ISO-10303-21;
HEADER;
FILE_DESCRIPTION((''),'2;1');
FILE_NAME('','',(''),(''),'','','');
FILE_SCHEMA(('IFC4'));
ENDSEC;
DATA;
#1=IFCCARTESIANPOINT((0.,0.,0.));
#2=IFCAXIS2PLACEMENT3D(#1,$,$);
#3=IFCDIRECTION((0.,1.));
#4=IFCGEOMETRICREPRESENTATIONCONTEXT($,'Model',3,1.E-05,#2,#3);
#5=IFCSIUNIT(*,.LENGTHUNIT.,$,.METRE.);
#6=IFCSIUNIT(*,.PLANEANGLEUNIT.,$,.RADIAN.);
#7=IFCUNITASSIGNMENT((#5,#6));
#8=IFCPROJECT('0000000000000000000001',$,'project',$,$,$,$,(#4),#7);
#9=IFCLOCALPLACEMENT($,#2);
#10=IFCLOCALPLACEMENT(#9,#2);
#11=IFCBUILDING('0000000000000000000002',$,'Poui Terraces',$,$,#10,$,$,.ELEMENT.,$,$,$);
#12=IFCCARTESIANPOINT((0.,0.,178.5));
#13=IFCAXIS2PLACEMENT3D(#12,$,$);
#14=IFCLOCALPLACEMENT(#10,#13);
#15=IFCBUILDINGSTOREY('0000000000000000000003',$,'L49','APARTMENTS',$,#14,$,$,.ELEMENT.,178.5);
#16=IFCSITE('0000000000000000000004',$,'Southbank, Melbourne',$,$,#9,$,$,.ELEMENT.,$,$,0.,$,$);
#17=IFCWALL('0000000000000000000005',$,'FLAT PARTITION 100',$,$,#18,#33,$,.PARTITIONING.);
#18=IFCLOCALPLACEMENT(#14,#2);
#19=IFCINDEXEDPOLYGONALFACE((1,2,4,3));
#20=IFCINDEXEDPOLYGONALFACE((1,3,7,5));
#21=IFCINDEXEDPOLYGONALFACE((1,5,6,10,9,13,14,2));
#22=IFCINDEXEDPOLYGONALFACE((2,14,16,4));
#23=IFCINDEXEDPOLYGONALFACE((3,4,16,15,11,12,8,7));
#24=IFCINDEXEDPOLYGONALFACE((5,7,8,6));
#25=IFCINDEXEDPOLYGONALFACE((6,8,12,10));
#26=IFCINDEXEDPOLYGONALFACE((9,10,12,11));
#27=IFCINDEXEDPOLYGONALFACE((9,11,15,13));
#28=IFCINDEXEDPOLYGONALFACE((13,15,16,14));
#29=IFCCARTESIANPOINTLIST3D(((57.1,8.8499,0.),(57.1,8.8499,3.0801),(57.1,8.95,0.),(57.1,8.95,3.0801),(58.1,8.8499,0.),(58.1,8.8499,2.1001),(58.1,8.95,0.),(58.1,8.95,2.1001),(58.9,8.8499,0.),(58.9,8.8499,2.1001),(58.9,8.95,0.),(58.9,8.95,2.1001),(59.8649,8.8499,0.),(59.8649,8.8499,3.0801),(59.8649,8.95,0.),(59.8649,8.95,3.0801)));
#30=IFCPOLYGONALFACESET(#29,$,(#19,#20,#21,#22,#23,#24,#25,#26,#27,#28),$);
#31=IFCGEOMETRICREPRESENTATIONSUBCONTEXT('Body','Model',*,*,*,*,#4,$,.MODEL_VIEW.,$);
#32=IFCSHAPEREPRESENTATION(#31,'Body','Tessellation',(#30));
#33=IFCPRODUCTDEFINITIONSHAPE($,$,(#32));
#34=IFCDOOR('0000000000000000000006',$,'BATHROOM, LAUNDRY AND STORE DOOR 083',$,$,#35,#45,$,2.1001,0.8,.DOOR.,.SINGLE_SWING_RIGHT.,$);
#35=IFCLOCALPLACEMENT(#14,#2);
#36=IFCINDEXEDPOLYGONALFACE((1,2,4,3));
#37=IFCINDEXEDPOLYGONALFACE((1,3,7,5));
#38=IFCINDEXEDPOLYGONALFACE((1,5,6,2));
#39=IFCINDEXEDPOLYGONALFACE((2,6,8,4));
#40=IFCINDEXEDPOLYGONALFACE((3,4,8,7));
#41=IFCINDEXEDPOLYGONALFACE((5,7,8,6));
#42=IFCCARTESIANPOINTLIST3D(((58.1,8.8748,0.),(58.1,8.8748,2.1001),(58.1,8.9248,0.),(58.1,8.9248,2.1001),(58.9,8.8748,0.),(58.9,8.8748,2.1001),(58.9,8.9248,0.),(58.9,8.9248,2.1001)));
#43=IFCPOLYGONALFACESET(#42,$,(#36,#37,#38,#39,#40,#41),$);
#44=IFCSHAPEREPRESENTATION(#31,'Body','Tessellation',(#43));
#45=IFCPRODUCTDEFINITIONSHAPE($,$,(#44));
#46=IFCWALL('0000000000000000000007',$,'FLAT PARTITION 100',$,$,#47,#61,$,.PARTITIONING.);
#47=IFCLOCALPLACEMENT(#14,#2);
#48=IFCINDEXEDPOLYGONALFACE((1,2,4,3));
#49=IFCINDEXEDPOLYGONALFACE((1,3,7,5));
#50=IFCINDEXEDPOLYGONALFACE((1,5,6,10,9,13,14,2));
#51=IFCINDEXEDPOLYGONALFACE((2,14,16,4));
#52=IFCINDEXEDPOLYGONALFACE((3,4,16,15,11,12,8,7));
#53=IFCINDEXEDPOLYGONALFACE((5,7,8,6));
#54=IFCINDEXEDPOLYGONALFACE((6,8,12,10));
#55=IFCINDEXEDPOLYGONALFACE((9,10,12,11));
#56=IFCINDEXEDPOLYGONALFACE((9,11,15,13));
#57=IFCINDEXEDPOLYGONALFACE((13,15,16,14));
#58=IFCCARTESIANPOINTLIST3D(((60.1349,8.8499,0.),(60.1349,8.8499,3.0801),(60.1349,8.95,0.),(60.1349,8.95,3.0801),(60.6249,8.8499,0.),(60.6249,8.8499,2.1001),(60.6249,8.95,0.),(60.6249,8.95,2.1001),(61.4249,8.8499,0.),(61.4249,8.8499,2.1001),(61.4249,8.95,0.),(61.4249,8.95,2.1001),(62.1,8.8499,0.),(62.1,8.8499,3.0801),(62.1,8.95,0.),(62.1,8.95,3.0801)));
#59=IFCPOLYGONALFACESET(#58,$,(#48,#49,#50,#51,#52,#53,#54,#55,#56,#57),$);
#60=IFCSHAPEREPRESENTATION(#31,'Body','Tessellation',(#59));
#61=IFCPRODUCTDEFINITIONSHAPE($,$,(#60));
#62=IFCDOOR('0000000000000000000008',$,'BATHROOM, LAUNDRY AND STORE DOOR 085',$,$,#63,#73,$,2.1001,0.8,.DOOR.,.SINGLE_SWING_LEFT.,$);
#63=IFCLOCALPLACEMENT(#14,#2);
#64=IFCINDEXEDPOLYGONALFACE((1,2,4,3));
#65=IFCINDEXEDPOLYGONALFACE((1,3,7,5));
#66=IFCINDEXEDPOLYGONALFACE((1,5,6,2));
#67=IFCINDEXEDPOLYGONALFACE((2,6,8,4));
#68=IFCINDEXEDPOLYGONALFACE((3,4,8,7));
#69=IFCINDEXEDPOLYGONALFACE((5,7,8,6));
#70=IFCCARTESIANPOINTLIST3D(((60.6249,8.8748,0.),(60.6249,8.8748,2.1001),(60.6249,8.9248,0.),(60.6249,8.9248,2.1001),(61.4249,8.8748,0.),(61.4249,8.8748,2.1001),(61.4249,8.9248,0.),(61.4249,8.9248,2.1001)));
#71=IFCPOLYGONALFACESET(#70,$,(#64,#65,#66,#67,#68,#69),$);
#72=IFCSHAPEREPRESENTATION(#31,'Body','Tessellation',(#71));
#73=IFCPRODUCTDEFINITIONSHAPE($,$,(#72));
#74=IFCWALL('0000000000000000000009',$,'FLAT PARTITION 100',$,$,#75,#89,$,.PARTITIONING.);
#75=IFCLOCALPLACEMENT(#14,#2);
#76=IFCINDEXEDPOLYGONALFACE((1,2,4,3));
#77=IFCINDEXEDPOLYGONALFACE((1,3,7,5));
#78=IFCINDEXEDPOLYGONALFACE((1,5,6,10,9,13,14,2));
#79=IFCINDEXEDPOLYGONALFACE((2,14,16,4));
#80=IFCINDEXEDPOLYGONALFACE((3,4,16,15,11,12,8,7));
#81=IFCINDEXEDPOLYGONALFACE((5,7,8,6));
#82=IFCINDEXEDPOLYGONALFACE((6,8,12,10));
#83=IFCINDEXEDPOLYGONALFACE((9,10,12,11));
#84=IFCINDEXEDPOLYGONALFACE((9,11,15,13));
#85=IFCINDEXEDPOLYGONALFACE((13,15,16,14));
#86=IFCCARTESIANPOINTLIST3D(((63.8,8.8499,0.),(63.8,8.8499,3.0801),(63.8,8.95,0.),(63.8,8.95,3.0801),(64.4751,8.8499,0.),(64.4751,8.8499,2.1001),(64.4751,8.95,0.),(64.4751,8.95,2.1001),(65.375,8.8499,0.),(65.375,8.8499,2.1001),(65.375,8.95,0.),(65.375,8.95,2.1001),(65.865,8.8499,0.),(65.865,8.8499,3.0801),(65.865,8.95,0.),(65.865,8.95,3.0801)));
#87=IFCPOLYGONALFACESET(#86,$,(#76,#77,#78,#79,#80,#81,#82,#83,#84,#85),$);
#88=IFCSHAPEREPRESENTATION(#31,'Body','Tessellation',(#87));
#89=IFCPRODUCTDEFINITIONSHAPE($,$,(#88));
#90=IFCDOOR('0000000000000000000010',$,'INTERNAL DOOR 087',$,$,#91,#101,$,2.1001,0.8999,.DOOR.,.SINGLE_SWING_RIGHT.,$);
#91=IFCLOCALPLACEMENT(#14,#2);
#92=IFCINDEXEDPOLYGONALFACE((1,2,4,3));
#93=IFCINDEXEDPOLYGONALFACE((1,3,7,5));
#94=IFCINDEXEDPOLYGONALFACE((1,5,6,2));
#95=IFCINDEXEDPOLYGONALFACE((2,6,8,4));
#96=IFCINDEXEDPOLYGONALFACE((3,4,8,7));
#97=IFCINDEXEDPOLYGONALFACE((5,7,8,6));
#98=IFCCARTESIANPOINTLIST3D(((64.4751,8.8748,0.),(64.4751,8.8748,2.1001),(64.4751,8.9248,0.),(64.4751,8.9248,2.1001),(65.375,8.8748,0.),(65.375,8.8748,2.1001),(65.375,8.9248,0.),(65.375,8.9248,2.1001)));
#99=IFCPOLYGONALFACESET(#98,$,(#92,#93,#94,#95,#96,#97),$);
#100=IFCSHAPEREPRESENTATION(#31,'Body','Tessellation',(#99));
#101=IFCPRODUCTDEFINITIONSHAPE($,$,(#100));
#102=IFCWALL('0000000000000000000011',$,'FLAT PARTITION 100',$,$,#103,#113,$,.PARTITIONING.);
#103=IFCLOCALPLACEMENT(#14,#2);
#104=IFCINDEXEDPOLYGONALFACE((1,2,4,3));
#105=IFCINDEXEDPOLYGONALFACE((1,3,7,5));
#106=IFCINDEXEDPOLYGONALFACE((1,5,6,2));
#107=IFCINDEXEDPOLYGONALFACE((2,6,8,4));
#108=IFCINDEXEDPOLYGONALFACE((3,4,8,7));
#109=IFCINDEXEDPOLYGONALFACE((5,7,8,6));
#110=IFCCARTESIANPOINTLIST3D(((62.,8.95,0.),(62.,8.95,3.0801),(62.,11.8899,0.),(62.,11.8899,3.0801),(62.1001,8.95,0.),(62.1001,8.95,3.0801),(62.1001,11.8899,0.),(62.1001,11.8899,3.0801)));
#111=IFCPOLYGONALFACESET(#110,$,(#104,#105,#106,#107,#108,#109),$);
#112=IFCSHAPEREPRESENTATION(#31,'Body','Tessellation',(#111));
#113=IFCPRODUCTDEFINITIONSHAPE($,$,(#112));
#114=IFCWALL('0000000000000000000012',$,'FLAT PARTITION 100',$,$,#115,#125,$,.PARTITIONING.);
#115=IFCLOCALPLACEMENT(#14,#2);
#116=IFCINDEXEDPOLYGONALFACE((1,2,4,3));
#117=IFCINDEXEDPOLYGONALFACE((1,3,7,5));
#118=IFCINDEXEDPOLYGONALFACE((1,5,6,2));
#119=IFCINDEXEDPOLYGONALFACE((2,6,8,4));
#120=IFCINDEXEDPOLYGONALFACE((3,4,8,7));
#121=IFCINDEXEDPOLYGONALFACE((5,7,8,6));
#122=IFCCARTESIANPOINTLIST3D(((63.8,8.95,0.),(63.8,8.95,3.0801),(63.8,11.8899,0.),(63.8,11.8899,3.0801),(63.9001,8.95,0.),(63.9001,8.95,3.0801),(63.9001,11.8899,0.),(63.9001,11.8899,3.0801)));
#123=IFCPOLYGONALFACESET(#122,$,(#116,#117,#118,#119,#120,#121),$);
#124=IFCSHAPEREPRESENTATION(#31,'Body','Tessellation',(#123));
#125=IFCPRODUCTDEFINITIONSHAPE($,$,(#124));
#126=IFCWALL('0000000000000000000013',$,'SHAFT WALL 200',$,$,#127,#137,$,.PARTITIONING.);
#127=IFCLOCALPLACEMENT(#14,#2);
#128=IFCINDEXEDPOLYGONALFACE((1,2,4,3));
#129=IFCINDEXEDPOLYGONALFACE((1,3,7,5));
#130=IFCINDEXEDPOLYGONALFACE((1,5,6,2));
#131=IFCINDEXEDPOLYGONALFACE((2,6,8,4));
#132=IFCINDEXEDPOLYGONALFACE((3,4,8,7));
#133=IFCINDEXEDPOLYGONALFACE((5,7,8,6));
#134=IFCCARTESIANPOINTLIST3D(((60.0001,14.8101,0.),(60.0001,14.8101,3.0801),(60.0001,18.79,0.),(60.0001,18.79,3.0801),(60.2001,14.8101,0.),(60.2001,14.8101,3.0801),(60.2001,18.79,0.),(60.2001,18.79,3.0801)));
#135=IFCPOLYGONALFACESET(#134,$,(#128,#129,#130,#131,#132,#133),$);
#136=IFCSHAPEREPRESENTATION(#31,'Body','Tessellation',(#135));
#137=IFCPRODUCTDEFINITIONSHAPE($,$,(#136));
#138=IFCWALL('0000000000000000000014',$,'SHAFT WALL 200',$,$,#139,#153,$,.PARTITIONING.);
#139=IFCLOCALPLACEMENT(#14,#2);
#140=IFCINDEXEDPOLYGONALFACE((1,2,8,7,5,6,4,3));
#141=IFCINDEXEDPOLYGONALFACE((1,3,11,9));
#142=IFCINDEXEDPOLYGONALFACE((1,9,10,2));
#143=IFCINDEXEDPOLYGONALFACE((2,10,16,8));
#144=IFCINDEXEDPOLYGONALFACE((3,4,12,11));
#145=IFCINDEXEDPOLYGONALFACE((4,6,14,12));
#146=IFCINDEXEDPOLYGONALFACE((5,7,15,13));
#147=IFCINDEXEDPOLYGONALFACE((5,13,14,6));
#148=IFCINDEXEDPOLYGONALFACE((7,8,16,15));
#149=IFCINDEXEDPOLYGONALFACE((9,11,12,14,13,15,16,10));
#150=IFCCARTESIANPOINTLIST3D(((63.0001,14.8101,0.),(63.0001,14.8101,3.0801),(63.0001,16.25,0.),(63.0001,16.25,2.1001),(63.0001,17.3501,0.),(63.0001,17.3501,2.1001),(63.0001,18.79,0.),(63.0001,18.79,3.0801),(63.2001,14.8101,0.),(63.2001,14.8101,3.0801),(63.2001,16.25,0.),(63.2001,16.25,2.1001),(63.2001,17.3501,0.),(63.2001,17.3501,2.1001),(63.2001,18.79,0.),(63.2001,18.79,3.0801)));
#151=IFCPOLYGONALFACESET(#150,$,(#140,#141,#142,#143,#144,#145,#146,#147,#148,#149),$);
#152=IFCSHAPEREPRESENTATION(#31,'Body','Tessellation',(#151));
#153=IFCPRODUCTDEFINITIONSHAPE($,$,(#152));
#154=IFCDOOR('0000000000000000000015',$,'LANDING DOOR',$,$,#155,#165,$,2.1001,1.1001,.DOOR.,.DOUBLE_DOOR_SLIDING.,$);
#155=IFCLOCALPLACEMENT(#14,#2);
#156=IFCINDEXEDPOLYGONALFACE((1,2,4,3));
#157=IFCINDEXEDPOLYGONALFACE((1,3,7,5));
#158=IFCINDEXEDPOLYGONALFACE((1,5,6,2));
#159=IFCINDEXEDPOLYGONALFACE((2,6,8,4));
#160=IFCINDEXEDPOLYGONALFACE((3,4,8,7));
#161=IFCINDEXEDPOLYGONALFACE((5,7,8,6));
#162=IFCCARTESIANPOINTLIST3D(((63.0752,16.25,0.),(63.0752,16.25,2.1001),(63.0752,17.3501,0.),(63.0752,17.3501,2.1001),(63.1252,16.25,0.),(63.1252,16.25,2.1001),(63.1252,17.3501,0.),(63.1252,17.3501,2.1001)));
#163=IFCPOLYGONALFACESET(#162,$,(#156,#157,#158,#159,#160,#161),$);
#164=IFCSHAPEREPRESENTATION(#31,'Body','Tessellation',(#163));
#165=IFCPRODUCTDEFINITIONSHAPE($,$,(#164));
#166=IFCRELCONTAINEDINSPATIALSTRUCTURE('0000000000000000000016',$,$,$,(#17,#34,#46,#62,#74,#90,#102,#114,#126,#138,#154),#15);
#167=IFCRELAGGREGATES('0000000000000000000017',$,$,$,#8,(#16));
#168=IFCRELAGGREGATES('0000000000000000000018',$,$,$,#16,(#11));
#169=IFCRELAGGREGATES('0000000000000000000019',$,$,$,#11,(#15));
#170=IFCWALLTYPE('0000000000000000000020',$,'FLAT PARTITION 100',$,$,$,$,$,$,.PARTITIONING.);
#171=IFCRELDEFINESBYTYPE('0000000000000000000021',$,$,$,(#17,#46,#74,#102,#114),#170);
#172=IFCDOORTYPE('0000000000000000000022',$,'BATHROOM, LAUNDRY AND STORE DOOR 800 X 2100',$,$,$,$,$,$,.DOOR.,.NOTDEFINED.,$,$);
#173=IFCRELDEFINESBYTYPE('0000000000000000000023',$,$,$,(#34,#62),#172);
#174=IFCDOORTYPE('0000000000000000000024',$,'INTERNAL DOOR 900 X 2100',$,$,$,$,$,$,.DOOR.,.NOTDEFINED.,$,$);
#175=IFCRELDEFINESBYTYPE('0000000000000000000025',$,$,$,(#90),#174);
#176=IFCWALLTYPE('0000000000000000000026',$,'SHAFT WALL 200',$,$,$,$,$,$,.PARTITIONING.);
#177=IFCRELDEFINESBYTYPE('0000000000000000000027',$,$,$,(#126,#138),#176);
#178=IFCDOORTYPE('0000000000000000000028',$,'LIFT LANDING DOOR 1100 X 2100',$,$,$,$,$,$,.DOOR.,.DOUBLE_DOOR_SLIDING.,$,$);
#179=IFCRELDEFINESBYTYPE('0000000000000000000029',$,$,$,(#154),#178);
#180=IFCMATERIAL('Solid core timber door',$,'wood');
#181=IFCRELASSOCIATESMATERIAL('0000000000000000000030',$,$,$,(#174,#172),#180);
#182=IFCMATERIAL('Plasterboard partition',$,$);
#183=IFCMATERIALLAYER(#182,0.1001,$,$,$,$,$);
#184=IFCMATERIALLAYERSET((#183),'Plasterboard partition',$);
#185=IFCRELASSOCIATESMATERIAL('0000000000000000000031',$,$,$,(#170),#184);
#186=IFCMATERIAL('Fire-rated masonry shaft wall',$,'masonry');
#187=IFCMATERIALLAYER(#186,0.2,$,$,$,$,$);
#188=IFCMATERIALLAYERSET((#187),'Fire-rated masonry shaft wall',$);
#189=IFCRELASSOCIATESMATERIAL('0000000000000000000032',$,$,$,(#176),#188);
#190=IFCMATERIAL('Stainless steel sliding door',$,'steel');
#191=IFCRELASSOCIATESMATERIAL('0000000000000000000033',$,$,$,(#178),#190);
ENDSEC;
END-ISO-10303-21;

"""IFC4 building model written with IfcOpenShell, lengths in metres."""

from ifc_helpers import new_model, si_unit, direction, frame, frame_2d, origin, place, context, subcontext, project, spatial, rectangle, extrude, material, layer, layer_set, type_object, element, fill, save


model = new_model("IFC4")

# Units and contexts
model_context = context("Model", 3, precision=1e-05, world=origin(), true_north=direction((0.0, 1.0)))
body_context = subcontext(model_context, "Body", "Model", "MODEL_VIEW")
ifc_project = project(units=[si_unit("LENGTHUNIT", "METRE"), si_unit("PLANEANGLEUNIT", "RADIAN")], contexts=[model_context])

# Site, building, storey
site_placement = place(None, origin())
site = spatial("IfcSite", under=ifc_project, at=site_placement, Name="Southbank, Melbourne", CompositionType="ELEMENT", RefElevation=0.0)
building_placement = place(site_placement, origin())
building = spatial("IfcBuilding", under=site, at=building_placement, Name="Poui Terraces", CompositionType="ELEMENT")
storey_placement = place(building_placement, frame((0.0, 0.0, 178.5)))
storey = spatial("IfcBuildingStorey", under=building, at=storey_placement, Name="L49", Description="APARTMENTS", CompositionType="ELEMENT", Elevation=178.5)

# Shared definitions
ifc_material_1 = material(Name="Solid core timber door", Category="wood")
door_type_1 = type_object("IfcDoorType", Name="INTERNAL DOOR 900 X 2100", OperationType="NOTDEFINED", PredefinedType="DOOR", material=ifc_material_1)

# Shared definitions
ifc_material_2 = material(Name="Plasterboard partition")
ifc_layer_1 = layer(ifc_material_2, 0.1001)
ifc_layer_set_1 = layer_set([ifc_layer_1], Name="Plasterboard partition")
wall_type_1 = type_object("IfcWallType", Name="FLAT PARTITION 100", PredefinedType="PARTITIONING", material=ifc_layer_set_1)

# Walls, openings, doors
wall_1_placement = place(storey_placement, frame((57.1001, 8.8999, 0.0), z_axis=(0.0, 0.0, 1.0), x_axis=(1.0, 0.0, 0.0)))
wall_1 = element("IfcWall", 1, at=wall_1_placement, inside=storey, type_object=wall_type_1, Name="FLAT PARTITION 100", PredefinedType="PARTITIONING", context=body_context, shape_type="SweptSolid", body=[
    extrude(rectangle(XDim=2.7649, YDim=0.1001, at=frame_2d((1.3823, 0.0))), origin(), (0.0, 0.0, 1.0), 3.0801),
])
opening_1_placement = place(wall_1_placement, frame((1.0, 0.0, 0.0)))
opening_1 = element("IfcOpeningElement", 2, at=opening_1_placement, cuts=wall_1, PredefinedType="OPENING", context=body_context, shape_type="SweptSolid", body=[
    extrude(rectangle(XDim=0.8, YDim=2.1001, at=frame_2d((0.3999, 1.05))), frame((0.0, 0.0601, 0.0), z_axis=(0.0, -1.0, 0.0), x_axis=(1.0, 0.0, 0.0)), (0.0, 0.0, 1.0), 0.1201),
])
door_type_2 = type_object("IfcDoorType", Name="BATHROOM, LAUNDRY AND STORE DOOR 800 X 2100", OperationType="NOTDEFINED", PredefinedType="DOOR", material=ifc_material_1)
door_1_placement = place(opening_1_placement, origin())
door_1 = element("IfcDoor", 3, at=door_1_placement, inside=storey, type_object=door_type_2, Name="BATHROOM, LAUNDRY AND STORE DOOR 083", OperationType="SINGLE_SWING_RIGHT", OverallHeight=2.1001, OverallWidth=0.8, PredefinedType="DOOR", context=body_context, shape_type="SweptSolid", body=[
    extrude(rectangle(XDim=0.8, YDim=2.1001, at=frame_2d((0.3999, 1.05))), frame((0.0, 0.0249, 0.0), z_axis=(0.0, -1.0, 0.0), x_axis=(1.0, 0.0, 0.0)), (0.0, 0.0, 1.0), 0.05),
])
fill(opening_1, door_1)
wall_2_placement = place(storey_placement, frame((60.135, 8.8999, 0.0), z_axis=(0.0, 0.0, 1.0), x_axis=(1.0, 0.0, 0.0)))
wall_2 = element("IfcWall", 4, at=wall_2_placement, inside=storey, type_object=wall_type_1, Name="FLAT PARTITION 100", PredefinedType="PARTITIONING", context=body_context, shape_type="SweptSolid", body=[
    extrude(rectangle(XDim=1.9651, YDim=0.1001, at=frame_2d((0.9824, 0.0))), origin(), (0.0, 0.0, 1.0), 3.0801),
])
opening_2_placement = place(wall_2_placement, frame((0.49, 0.0, 0.0)))
opening_2 = element("IfcOpeningElement", 5, at=opening_2_placement, cuts=wall_2, PredefinedType="OPENING", context=body_context, shape_type="SweptSolid", body=[
    extrude(rectangle(XDim=0.8, YDim=2.1001, at=frame_2d((0.3999, 1.05))), frame((0.0, 0.0601, 0.0), z_axis=(0.0, -1.0, 0.0), x_axis=(1.0, 0.0, 0.0)), (0.0, 0.0, 1.0), 0.1201),
])
door_2_placement = place(opening_2_placement, origin())
door_2 = element("IfcDoor", 6, at=door_2_placement, inside=storey, type_object=door_type_2, Name="BATHROOM, LAUNDRY AND STORE DOOR 085", OperationType="SINGLE_SWING_LEFT", OverallHeight=2.1001, OverallWidth=0.8, PredefinedType="DOOR", context=body_context, shape_type="SweptSolid", body=[
    extrude(rectangle(XDim=0.8, YDim=2.1001, at=frame_2d((0.3999, 1.05))), frame((0.0, 0.0249, 0.0), z_axis=(0.0, -1.0, 0.0), x_axis=(1.0, 0.0, 0.0)), (0.0, 0.0, 1.0), 0.05),
])
fill(opening_2, door_2)
wall_3_placement = place(storey_placement, frame((63.8, 8.8999, 0.0), z_axis=(0.0, 0.0, 1.0), x_axis=(1.0, 0.0, 0.0)))
wall_3 = element("IfcWall", 7, at=wall_3_placement, inside=storey, type_object=wall_type_1, Name="FLAT PARTITION 100", PredefinedType="PARTITIONING", context=body_context, shape_type="SweptSolid", body=[
    extrude(rectangle(XDim=2.0649, YDim=0.1001, at=frame_2d((1.0325, 0.0))), origin(), (0.0, 0.0, 1.0), 3.0801),
])
opening_3_placement = place(wall_3_placement, frame((0.675, 0.0, 0.0)))
opening_3 = element("IfcOpeningElement", 8, at=opening_3_placement, cuts=wall_3, PredefinedType="OPENING", context=body_context, shape_type="SweptSolid", body=[
    extrude(rectangle(XDim=0.8999, YDim=2.1001, at=frame_2d((0.45, 1.05))), frame((0.0, 0.0601, 0.0), z_axis=(0.0, -1.0, 0.0), x_axis=(1.0, 0.0, 0.0)), (0.0, 0.0, 1.0), 0.1201),
])
door_3_placement = place(opening_3_placement, origin())
door_3 = element("IfcDoor", 9, at=door_3_placement, inside=storey, type_object=door_type_1, Name="INTERNAL DOOR 087", OperationType="SINGLE_SWING_RIGHT", OverallHeight=2.1001, OverallWidth=0.8999, PredefinedType="DOOR", context=body_context, shape_type="SweptSolid", body=[
    extrude(rectangle(XDim=0.8999, YDim=2.1001, at=frame_2d((0.45, 1.05))), frame((0.0, 0.0249, 0.0), z_axis=(0.0, -1.0, 0.0), x_axis=(1.0, 0.0, 0.0)), (0.0, 0.0, 1.0), 0.05),
])
fill(opening_3, door_3)

# Walls
for number, where, z_axis, x_axis, name in (
    (10, (62.05, 8.95, 0.0), (0.0, 0.0, 1.0), (0.0, 1.0, 0.0), "FLAT PARTITION 100"),
    (11, (63.8501, 8.95, 0.0), (0.0, 0.0, 1.0), (0.0, 1.0, 0.0), "FLAT PARTITION 100"),
):
    element("IfcWall", number, at=place(storey_placement, frame(where, z_axis=z_axis, x_axis=x_axis)), inside=storey, type_object=wall_type_1, Name=name, PredefinedType="PARTITIONING", context=body_context, shape_type="SweptSolid", body=[
        extrude(rectangle(XDim=2.9399, YDim=0.1001, at=frame_2d((1.47, 0.0))), origin(), (0.0, 0.0, 1.0), 3.0801),
    ])
ifc_material_3 = material(Name="Fire-rated masonry shaft wall", Category="masonry")
ifc_layer_2 = layer(ifc_material_3, 0.2)
ifc_layer_set_2 = layer_set([ifc_layer_2], Name="Fire-rated masonry shaft wall")
wall_type_2 = type_object("IfcWallType", Name="SHAFT WALL 200", PredefinedType="PARTITIONING", material=ifc_layer_set_2)
wall_4_placement = place(storey_placement, frame((60.1001, 14.8101, 0.0), z_axis=(0.0, 0.0, 1.0), x_axis=(0.0, 1.0, 0.0)))
element("IfcWall", 12, at=wall_4_placement, inside=storey, type_object=wall_type_2, Name="SHAFT WALL 200", PredefinedType="PARTITIONING", context=body_context, shape_type="SweptSolid", body=[
    extrude(rectangle(XDim=3.98, YDim=0.2, at=frame_2d((1.99, 0.0))), origin(), (0.0, 0.0, 1.0), 3.0801),
])

# Wall, opening, door
wall_5_placement = place(storey_placement, frame((63.1001, 14.8101, 0.0), z_axis=(0.0, 0.0, 1.0), x_axis=(0.0, 1.0, 0.0)))
wall_5 = element("IfcWall", 13, at=wall_5_placement, inside=storey, type_object=wall_type_2, Name="SHAFT WALL 200", PredefinedType="PARTITIONING", context=body_context, shape_type="SweptSolid", body=[
    extrude(rectangle(XDim=3.98, YDim=0.2, at=frame_2d((1.99, 0.0))), origin(), (0.0, 0.0, 1.0), 3.0801),
])
opening_4_placement = place(wall_5_placement, frame((1.4399, 0.0, 0.0)))
opening_4 = element("IfcOpeningElement", 14, at=opening_4_placement, cuts=wall_5, PredefinedType="OPENING", context=body_context, shape_type="SweptSolid", body=[
    extrude(rectangle(XDim=1.1001, YDim=2.1001, at=frame_2d((0.55, 1.05))), frame((0.0, 0.1099, 0.0), z_axis=(0.0, -1.0, 0.0), x_axis=(1.0, 0.0, 0.0)), (0.0, 0.0, 1.0), 0.22),
])
ifc_material_4 = material(Name="Stainless steel sliding door", Category="steel")
door_type_3 = type_object("IfcDoorType", Name="LIFT LANDING DOOR 1100 X 2100", OperationType="DOUBLE_DOOR_SLIDING", PredefinedType="DOOR", material=ifc_material_4)
door_4_placement = place(opening_4_placement, origin())
door_4 = element("IfcDoor", 15, at=door_4_placement, inside=storey, type_object=door_type_3, Name="LANDING DOOR", OperationType="DOUBLE_DOOR_SLIDING", OverallHeight=2.1001, OverallWidth=1.1001, PredefinedType="DOOR", context=body_context, shape_type="SweptSolid", body=[
    extrude(rectangle(XDim=1.1001, YDim=2.1001, at=frame_2d((0.55, 1.05))), frame((0.0, 0.0249, 0.0), z_axis=(0.0, -1.0, 0.0), x_axis=(1.0, 0.0, 0.0)), (0.0, 0.0, 1.0), 0.05),
])
fill(opening_4, door_4)

save(model, "model.ifc")
